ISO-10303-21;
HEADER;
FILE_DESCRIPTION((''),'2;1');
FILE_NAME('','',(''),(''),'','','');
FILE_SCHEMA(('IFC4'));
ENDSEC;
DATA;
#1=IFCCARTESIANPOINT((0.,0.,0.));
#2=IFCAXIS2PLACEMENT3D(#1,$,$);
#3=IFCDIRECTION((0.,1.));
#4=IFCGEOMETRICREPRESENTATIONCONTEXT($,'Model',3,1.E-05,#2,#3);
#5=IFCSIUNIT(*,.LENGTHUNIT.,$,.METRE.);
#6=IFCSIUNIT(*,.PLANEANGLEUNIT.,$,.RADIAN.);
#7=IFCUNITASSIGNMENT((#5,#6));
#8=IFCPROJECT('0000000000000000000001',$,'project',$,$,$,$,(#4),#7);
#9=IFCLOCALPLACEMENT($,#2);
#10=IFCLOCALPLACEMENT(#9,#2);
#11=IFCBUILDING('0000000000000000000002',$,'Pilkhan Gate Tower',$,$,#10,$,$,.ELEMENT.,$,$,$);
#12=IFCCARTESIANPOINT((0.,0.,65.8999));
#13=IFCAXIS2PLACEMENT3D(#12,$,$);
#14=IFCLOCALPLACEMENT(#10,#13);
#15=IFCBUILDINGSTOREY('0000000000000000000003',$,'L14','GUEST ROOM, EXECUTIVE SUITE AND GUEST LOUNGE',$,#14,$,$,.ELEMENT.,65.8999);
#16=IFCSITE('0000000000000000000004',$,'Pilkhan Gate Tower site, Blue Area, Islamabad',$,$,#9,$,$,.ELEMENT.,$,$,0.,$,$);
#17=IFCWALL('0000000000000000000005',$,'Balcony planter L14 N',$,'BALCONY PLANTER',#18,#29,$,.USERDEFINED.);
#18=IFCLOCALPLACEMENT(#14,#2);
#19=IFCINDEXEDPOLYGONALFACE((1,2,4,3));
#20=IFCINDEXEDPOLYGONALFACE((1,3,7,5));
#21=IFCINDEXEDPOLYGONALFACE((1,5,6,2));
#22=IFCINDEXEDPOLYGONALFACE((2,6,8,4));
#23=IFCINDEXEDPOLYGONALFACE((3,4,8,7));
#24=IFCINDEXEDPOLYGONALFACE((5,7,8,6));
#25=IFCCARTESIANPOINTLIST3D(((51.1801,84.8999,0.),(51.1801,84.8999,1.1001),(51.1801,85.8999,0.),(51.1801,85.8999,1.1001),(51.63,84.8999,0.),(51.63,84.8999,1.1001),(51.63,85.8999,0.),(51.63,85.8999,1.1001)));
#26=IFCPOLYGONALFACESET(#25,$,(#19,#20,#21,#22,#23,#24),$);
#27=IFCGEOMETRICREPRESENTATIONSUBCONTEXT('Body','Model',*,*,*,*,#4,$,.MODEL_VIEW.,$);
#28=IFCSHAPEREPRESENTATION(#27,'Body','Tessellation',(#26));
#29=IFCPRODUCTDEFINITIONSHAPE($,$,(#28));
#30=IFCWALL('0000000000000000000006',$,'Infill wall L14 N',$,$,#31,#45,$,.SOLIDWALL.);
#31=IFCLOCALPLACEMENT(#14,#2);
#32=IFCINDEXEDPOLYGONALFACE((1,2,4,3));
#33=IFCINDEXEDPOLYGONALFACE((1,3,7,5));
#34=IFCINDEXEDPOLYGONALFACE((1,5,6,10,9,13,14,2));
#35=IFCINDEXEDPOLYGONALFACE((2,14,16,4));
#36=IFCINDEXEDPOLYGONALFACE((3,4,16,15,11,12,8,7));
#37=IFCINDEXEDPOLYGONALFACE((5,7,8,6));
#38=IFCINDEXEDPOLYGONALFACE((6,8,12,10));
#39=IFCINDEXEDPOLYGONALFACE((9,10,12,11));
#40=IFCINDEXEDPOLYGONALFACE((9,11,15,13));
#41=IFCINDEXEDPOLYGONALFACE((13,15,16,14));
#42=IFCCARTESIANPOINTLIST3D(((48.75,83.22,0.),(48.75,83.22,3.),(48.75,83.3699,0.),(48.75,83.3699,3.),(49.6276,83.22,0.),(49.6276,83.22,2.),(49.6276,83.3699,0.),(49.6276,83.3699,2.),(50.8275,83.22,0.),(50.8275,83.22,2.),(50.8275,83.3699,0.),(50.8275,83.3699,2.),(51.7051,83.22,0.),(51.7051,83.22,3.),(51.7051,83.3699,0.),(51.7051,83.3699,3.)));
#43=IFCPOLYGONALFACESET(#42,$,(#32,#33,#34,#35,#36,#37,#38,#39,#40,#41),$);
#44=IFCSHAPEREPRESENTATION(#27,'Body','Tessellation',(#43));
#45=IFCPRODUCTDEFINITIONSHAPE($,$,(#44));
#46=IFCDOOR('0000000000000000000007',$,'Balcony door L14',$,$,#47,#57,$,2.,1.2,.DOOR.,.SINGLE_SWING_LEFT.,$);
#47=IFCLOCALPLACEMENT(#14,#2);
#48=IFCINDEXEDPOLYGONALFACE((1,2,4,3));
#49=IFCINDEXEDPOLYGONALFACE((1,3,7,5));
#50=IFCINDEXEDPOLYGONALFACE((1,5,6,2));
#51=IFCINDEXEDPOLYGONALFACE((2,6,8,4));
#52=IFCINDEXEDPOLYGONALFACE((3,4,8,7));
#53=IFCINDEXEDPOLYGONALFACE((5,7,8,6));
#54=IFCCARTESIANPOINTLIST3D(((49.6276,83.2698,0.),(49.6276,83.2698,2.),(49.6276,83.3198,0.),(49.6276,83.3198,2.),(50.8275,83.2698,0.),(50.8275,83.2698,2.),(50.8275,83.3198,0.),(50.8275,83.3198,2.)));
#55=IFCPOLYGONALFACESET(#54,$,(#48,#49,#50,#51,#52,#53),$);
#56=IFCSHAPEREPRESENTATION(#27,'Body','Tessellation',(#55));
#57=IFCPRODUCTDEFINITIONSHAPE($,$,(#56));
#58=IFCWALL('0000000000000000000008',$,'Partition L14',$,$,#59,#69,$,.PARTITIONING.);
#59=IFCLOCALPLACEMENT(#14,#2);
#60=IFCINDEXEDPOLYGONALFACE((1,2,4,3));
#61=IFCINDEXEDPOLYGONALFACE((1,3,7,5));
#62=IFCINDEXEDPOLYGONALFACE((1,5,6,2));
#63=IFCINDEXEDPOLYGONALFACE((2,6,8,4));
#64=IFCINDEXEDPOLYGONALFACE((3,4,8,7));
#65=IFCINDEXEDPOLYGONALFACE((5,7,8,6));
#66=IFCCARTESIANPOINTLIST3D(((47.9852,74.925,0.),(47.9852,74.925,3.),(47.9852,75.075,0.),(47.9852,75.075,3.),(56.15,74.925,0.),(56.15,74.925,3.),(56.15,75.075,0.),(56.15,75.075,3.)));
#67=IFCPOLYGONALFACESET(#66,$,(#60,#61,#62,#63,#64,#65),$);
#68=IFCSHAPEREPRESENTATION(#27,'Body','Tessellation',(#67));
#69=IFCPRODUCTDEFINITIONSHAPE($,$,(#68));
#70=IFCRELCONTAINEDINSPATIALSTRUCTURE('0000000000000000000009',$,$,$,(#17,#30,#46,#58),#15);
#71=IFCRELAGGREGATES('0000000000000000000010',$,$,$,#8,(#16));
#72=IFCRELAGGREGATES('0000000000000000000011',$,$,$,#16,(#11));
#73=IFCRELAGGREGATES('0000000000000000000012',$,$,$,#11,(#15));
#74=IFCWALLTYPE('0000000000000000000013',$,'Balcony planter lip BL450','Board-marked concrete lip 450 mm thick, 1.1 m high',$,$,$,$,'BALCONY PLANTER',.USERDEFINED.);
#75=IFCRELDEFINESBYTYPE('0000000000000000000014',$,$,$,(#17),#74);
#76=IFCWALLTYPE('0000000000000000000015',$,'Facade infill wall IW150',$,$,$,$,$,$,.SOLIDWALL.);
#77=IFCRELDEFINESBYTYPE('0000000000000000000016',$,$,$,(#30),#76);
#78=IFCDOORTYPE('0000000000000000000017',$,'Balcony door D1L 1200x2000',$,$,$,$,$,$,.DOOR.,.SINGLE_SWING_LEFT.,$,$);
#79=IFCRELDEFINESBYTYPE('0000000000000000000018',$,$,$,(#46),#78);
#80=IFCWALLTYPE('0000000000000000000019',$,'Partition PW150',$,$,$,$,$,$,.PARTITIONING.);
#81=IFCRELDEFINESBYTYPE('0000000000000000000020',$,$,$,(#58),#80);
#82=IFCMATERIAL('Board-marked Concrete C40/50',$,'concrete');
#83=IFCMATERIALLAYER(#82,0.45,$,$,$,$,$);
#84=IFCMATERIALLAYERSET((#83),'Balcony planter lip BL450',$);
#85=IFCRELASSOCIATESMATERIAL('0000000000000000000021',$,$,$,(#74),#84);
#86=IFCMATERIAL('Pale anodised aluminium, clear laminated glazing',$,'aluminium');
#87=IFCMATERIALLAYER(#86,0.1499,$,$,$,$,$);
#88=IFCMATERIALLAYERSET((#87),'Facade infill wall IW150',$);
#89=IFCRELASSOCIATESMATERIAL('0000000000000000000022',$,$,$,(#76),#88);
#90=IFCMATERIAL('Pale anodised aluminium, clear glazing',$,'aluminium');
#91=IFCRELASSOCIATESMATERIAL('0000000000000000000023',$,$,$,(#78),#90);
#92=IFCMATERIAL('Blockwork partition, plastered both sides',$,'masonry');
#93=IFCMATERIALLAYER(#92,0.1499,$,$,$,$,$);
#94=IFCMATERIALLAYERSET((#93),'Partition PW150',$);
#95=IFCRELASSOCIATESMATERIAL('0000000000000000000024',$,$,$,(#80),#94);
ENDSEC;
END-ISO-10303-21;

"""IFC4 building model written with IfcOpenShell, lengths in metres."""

from ifc_helpers import new_model, si_unit, direction, frame, frame_2d, origin, place, context, subcontext, project, spatial, rectangle, extrude, material, layer, layer_set, type_object, element, fill, save


model = new_model("IFC4")

# Units and contexts
model_context = context("Model", 3, precision=1e-05, world=origin(), true_north=direction((0.0, 1.0)))
body_context = subcontext(model_context, "Body", "Model", "MODEL_VIEW")
ifc_project = project(units=[si_unit("LENGTHUNIT", "METRE"), si_unit("PLANEANGLEUNIT", "RADIAN")], contexts=[model_context])

# Site, building, storey
site_placement = place(None, origin())
site = spatial("IfcSite", under=ifc_project, at=site_placement, Name="Pilkhan Gate Tower site, Blue Area, Islamabad", CompositionType="ELEMENT", RefElevation=0.0)
building_placement = place(site_placement, origin())
building = spatial("IfcBuilding", under=site, at=building_placement, Name="Pilkhan Gate Tower", CompositionType="ELEMENT")
storey_placement = place(building_placement, frame((0.0, 0.0, 65.8999)))
storey = spatial("IfcBuildingStorey", under=building, at=storey_placement, Name="L14", Description="GUEST ROOM, EXECUTIVE SUITE AND GUEST LOUNGE", CompositionType="ELEMENT", Elevation=65.8999)

# Wall
ifc_material_1 = material(Name="Board-marked Concrete C40/50", Category="concrete")
ifc_layer_1 = layer(ifc_material_1, 0.45)
ifc_layer_set_1 = layer_set([ifc_layer_1], Name="Balcony planter lip BL450")
wall_type_1 = type_object("IfcWallType", Name="Balcony planter lip BL450", Description="Board-marked concrete lip 450 mm thick, 1.1 m high", ElementType="BALCONY PLANTER", PredefinedType="USERDEFINED", material=ifc_layer_set_1)
for number, where, z_axis, x_axis, name in (
    (1, (51.405, 84.8999, 0.0), (0.0, 0.0, 1.0), (0.0, 1.0, 0.0), "Balcony planter L14 N"),
):
    element("IfcWall", number, at=place(storey_placement, frame(where, z_axis=z_axis, x_axis=x_axis)), inside=storey, type_object=wall_type_1, Name=name, ObjectType="BALCONY PLANTER", PredefinedType="USERDEFINED", context=body_context, shape_type="SweptSolid", body=[
        extrude(rectangle(XDim=1.0, YDim=0.45, at=frame_2d((0.5, 0.0))), origin(), (0.0, 0.0, 1.0), 1.1001),
    ])

# Wall, opening, door
ifc_material_2 = material(Name="Pale anodised aluminium, clear laminated glazing", Category="aluminium")
ifc_layer_2 = layer(ifc_material_2, 0.1499)
ifc_layer_set_2 = layer_set([ifc_layer_2], Name="Facade infill wall IW150")
wall_type_2 = type_object("IfcWallType", Name="Facade infill wall IW150", PredefinedType="SOLIDWALL", material=ifc_layer_set_2)
wall_1_placement = place(storey_placement, frame((48.75, 83.2949, 0.0), z_axis=(0.0, 0.0, 1.0), x_axis=(1.0, 0.0, 0.0)))
wall_1 = element("IfcWall", 2, at=wall_1_placement, inside=storey, type_object=wall_type_2, Name="Infill wall L14 N", PredefinedType="SOLIDWALL", context=body_context, shape_type="SweptSolid", body=[
    extrude(rectangle(XDim=2.9551, YDim=0.1499, at=frame_2d((1.4775, 0.0))), origin(), (0.0, 0.0, 1.0), 3.0),
])
opening_placement = place(wall_1_placement, frame((0.8774, 0.0, 0.0)))
opening = element("IfcOpeningElement", 3, at=opening_placement, cuts=wall_1, PredefinedType="OPENING", context=body_context, shape_type="SweptSolid", body=[
    extrude(rectangle(XDim=1.2, YDim=2.0, at=frame_2d((0.6001, 1.0))), frame((0.0, 0.085, 0.0), z_axis=(0.0, -1.0, 0.0), x_axis=(1.0, 0.0, 0.0)), (0.0, 0.0, 1.0), 0.1699),
])
ifc_material_3 = material(Name="Pale anodised aluminium, clear glazing", Category="aluminium")
door_type = type_object("IfcDoorType", Name="Balcony door D1L 1200x2000", OperationType="SINGLE_SWING_LEFT", PredefinedType="DOOR", material=ifc_material_3)
door_placement = place(opening_placement, origin())
door = element("IfcDoor", 4, at=door_placement, inside=storey, type_object=door_type, Name="Balcony door L14", OperationType="SINGLE_SWING_LEFT", OverallHeight=2.0, OverallWidth=1.2, PredefinedType="DOOR", context=body_context, shape_type="SweptSolid", body=[
    extrude(rectangle(XDim=1.2, YDim=2.0, at=frame_2d((0.6001, 1.0))), frame((0.0, 0.0249, 0.0), z_axis=(0.0, -1.0, 0.0), x_axis=(1.0, 0.0, 0.0)), (0.0, 0.0, 1.0), 0.05),
])
fill(opening, door)

# Wall
ifc_material_4 = material(Name="Blockwork partition, plastered both sides", Category="masonry")
ifc_layer_3 = layer(ifc_material_4, 0.1499)
ifc_layer_set_3 = layer_set([ifc_layer_3], Name="Partition PW150")
wall_type_3 = type_object("IfcWallType", Name="Partition PW150", PredefinedType="PARTITIONING", material=ifc_layer_set_3)
wall_2_placement = place(storey_placement, frame((47.9851, 75.0, 0.0), z_axis=(0.0, 0.0, 1.0), x_axis=(1.0, 0.0, 0.0)))
element("IfcWall", 5, at=wall_2_placement, inside=storey, type_object=wall_type_3, Name="Partition L14", PredefinedType="PARTITIONING", context=body_context, shape_type="SweptSolid", body=[
    extrude(rectangle(XDim=8.1648, YDim=0.1499, at=frame_2d((4.0825, 0.0))), origin(), (0.0, 0.0, 1.0), 3.0),
])

save(model, "model.ifc")
